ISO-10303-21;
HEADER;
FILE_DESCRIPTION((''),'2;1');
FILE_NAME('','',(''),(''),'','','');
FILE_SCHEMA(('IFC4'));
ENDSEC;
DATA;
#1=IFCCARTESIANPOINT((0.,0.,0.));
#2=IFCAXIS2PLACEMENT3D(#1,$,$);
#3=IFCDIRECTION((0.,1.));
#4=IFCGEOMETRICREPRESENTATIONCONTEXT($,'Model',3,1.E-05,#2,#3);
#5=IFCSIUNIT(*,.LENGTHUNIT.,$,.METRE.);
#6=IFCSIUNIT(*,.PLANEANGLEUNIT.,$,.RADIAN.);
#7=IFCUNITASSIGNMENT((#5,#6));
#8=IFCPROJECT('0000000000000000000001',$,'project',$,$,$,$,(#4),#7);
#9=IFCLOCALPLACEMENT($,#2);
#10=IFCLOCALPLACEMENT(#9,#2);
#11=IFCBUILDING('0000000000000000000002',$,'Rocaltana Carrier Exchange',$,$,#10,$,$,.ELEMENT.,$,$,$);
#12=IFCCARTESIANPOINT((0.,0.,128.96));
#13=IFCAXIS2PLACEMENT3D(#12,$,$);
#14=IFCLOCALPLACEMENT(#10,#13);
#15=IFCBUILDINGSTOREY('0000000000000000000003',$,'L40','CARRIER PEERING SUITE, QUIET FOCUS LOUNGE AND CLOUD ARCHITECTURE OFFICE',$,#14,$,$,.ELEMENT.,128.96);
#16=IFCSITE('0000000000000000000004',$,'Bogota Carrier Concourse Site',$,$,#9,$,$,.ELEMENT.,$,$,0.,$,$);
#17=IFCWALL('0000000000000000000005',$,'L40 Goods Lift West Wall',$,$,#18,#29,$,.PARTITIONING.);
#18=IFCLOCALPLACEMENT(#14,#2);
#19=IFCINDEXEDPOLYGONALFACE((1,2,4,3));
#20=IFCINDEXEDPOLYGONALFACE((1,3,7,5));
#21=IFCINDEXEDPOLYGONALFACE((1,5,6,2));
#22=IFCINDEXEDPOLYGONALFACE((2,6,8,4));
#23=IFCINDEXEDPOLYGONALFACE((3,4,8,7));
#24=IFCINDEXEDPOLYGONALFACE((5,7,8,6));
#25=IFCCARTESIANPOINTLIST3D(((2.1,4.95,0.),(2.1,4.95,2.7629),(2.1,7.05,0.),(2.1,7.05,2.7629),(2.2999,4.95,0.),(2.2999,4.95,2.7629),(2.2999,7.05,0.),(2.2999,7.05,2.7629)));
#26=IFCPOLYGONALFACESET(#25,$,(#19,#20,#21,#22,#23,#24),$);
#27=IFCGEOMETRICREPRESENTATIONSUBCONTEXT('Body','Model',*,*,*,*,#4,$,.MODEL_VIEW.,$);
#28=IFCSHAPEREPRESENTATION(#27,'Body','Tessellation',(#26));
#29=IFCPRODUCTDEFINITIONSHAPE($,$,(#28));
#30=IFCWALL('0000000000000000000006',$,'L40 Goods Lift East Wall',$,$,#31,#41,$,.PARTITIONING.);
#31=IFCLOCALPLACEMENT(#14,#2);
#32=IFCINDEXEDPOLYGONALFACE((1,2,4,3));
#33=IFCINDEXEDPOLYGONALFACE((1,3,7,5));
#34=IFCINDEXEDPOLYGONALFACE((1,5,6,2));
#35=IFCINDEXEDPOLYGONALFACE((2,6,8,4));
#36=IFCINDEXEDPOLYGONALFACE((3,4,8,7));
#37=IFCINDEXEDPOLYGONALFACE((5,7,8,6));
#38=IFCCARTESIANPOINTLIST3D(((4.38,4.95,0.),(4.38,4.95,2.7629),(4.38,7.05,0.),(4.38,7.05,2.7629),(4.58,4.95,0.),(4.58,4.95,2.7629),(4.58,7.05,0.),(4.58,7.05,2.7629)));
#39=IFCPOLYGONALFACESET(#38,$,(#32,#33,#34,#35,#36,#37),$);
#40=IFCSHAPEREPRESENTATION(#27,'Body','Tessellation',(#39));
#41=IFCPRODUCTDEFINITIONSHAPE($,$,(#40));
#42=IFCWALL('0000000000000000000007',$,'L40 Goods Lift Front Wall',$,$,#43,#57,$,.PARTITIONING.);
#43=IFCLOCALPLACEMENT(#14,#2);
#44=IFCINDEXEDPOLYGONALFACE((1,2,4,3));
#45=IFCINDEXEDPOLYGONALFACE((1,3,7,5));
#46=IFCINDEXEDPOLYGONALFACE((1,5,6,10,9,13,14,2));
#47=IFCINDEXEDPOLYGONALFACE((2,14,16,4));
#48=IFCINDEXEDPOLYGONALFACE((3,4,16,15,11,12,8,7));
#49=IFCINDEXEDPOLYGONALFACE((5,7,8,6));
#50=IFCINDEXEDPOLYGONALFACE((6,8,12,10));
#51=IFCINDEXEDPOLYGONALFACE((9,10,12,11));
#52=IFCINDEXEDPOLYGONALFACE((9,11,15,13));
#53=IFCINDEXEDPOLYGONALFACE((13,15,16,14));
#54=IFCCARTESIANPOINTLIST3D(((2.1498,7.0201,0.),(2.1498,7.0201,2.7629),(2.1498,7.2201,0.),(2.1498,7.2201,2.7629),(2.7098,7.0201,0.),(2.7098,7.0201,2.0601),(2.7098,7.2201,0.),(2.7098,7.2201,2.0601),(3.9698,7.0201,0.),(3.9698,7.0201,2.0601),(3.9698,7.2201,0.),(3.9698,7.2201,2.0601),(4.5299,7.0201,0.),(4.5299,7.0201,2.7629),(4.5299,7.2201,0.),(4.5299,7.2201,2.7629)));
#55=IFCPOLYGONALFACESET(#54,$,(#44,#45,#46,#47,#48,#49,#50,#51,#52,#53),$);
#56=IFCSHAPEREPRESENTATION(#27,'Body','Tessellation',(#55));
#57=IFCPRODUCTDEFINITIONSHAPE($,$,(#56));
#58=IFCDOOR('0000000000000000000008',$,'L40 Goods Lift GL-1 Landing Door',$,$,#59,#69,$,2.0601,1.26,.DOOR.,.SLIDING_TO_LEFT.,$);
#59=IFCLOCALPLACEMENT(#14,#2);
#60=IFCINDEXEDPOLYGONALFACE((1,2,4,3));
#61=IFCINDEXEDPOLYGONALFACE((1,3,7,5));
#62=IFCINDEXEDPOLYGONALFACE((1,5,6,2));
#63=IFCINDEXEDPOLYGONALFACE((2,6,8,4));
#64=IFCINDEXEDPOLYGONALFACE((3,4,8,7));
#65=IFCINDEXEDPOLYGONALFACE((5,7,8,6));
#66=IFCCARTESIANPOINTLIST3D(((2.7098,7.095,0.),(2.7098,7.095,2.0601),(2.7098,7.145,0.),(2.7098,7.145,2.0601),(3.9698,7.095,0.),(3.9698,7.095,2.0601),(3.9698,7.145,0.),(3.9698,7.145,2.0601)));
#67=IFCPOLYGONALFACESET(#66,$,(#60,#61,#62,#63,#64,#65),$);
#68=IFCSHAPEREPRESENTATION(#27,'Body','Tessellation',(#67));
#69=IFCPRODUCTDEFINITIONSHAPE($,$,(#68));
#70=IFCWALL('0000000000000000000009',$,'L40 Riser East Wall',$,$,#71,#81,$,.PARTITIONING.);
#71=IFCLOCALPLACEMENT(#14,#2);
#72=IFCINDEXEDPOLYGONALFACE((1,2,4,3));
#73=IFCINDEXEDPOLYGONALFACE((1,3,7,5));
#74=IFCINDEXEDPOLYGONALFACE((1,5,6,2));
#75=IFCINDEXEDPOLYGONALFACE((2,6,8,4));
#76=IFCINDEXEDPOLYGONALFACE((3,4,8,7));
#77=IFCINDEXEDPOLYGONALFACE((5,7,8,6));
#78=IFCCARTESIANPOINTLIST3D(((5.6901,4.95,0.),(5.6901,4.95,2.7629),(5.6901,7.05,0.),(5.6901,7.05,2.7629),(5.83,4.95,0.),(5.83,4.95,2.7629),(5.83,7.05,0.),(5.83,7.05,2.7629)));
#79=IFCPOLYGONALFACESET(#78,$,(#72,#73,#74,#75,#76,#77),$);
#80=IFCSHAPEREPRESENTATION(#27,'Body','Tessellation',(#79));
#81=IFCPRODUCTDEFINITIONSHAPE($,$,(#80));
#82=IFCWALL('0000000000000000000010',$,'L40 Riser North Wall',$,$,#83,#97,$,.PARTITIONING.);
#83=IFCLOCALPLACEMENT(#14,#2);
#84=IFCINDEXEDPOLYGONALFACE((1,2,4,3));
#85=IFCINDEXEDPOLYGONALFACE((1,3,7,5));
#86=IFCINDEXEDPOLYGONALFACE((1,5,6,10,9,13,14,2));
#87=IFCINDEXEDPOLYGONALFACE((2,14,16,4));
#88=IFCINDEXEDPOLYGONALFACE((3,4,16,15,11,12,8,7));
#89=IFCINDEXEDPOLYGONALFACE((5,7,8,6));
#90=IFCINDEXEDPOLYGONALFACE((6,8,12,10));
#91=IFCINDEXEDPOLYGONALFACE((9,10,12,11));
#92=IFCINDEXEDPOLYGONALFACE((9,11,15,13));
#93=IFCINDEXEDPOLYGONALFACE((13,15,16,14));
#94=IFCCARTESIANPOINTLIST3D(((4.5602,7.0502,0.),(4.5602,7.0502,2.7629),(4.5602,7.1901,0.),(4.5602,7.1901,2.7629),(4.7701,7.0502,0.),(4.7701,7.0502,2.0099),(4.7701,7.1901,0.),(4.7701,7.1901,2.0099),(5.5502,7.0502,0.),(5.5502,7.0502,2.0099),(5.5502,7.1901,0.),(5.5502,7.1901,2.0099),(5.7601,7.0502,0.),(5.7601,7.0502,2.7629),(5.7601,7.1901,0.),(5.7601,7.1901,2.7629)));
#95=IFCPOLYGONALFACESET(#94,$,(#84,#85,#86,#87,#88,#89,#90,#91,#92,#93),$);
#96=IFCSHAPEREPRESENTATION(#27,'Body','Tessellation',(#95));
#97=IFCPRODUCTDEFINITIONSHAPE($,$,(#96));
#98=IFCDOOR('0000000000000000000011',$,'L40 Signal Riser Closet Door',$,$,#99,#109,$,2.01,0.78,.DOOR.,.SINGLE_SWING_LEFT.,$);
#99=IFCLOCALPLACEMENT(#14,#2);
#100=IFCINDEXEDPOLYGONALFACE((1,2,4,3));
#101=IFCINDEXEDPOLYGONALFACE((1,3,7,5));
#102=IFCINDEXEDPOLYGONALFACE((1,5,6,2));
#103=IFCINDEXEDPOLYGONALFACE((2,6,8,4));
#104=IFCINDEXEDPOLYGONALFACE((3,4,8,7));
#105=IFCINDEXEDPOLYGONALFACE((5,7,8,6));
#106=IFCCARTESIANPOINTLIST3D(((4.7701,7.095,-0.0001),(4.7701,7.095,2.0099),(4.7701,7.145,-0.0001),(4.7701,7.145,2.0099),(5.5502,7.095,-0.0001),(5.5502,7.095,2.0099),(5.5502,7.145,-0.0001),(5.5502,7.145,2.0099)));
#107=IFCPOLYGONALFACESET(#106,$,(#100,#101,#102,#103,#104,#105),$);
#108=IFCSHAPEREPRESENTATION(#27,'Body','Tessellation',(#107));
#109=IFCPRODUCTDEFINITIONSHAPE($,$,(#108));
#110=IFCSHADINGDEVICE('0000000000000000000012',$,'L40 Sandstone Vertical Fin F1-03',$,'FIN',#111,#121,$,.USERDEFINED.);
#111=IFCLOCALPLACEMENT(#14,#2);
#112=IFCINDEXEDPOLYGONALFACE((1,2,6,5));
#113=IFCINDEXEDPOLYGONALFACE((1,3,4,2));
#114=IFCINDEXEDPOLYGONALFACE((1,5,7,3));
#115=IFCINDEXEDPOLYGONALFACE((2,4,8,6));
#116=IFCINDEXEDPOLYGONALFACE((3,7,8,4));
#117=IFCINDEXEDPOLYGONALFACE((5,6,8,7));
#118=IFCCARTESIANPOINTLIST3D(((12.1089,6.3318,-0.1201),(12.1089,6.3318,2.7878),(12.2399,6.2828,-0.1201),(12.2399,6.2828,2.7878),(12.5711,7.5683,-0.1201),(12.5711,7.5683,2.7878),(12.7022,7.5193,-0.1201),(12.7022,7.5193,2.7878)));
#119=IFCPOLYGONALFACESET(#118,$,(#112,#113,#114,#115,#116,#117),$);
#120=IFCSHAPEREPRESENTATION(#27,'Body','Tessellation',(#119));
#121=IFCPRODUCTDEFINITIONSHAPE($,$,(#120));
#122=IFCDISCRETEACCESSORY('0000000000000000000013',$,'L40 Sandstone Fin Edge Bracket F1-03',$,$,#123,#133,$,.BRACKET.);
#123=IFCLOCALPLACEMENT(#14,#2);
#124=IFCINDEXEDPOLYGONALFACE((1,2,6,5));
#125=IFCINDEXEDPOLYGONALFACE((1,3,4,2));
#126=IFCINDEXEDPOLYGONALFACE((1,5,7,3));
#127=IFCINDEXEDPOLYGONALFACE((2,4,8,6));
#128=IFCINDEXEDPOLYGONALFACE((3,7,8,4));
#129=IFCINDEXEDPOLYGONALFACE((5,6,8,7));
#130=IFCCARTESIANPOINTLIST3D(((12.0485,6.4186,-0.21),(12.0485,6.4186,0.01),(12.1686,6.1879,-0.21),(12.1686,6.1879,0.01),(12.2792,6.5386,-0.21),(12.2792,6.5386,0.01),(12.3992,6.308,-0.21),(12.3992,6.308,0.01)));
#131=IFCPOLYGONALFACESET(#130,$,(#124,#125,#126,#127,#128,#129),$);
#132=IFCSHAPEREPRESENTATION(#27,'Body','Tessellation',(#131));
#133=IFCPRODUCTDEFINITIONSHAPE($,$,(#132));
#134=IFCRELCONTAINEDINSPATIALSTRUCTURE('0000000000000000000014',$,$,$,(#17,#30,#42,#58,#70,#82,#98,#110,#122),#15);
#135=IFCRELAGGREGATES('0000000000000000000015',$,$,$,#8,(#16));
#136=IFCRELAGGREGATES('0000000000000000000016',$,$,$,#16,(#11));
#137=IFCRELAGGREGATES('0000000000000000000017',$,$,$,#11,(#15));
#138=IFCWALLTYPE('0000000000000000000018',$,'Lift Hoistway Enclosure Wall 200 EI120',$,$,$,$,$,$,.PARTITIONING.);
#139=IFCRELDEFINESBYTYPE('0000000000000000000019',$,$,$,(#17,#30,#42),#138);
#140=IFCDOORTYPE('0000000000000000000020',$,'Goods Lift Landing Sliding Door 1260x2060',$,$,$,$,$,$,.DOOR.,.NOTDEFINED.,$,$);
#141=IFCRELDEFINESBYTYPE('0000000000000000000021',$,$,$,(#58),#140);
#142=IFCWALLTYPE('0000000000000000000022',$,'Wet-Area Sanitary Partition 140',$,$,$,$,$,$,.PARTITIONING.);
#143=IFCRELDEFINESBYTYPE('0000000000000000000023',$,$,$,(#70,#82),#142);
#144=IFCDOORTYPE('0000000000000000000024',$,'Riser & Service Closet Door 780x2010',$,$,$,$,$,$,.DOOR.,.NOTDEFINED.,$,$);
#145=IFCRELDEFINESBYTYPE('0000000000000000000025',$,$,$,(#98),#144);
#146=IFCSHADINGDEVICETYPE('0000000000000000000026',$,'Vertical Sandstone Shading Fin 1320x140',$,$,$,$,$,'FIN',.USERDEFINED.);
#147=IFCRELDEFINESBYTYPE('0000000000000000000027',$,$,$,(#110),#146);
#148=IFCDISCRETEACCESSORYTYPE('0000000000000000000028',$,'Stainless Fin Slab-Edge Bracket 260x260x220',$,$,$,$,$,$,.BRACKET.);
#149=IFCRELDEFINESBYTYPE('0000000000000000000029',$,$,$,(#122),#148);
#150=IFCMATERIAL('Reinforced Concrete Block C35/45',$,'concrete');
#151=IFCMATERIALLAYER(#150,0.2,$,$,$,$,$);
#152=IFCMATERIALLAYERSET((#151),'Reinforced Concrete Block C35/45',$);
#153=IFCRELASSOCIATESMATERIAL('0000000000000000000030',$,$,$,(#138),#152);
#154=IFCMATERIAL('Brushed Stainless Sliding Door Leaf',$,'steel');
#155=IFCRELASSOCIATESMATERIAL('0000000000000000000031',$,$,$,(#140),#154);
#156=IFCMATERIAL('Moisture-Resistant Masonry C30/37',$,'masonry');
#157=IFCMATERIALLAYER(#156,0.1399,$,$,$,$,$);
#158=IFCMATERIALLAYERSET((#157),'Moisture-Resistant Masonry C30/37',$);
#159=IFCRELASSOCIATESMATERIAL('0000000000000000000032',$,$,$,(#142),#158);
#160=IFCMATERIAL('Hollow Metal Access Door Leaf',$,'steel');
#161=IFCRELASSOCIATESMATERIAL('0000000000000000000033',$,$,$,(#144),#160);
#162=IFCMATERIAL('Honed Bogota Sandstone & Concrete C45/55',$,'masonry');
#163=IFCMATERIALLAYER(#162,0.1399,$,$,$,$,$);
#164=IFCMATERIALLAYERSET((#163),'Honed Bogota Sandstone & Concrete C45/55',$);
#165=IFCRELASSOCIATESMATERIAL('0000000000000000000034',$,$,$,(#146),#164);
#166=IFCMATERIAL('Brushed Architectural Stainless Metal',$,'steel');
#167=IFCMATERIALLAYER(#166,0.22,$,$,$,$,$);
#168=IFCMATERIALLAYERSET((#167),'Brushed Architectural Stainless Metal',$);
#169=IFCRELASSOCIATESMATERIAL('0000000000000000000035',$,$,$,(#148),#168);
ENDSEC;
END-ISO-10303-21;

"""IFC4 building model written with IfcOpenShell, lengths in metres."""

from ifc_helpers import new_model, si_unit, direction, frame, frame_2d, origin, origin_2d, place, context, subcontext, project, spatial, rectangle, extrude, material, layer, layer_set, type_object, element, fill, save


model = new_model("IFC4")

# Units and contexts
model_context = context("Model", 3, precision=1e-05, world=origin(), true_north=direction((0.0, 1.0)))
body_context = subcontext(model_context, "Body", "Model", "MODEL_VIEW")
ifc_project = project(units=[si_unit("LENGTHUNIT", "METRE"), si_unit("PLANEANGLEUNIT", "RADIAN")], contexts=[model_context])

# Site, building, storey
site_placement = place(None, origin())
site = spatial("IfcSite", under=ifc_project, at=site_placement, Name="Bogota Carrier Concourse Site", CompositionType="ELEMENT", RefElevation=0.0)
building_placement = place(site_placement, origin())
building = spatial("IfcBuilding", under=site, at=building_placement, Name="Rocaltana Carrier Exchange", CompositionType="ELEMENT")
storey_placement = place(building_placement, frame((0.0, 0.0, 128.96)))
storey = spatial("IfcBuildingStorey", under=building, at=storey_placement, Name="L40", Description="CARRIER PEERING SUITE, QUIET FOCUS LOUNGE AND CLOUD ARCHITECTURE OFFICE", CompositionType="ELEMENT", Elevation=128.96)

# Walls
ifc_material_1 = material(Name="Reinforced Concrete Block C35/45", Category="concrete")
ifc_layer_1 = layer(ifc_material_1, 0.2)
ifc_layer_set_1 = layer_set([ifc_layer_1], Name="Reinforced Concrete Block C35/45")
wall_type_1 = type_object("IfcWallType", Name="Lift Hoistway Enclosure Wall 200 EI120", PredefinedType="PARTITIONING", material=ifc_layer_set_1)
for number, where, z_axis, x_axis, name in (
    (1, (2.2, 4.95, 0.0), (0.0, 0.0, 1.0), (0.0, 1.0, 0.0), "L40 Goods Lift West Wall"),
    (2, (4.48, 4.95, 0.0), (0.0, 0.0, 1.0), (0.0, 1.0, 0.0), "L40 Goods Lift East Wall"),
):
    element("IfcWall", number, at=place(storey_placement, frame(where, z_axis=z_axis, x_axis=x_axis)), inside=storey, type_object=wall_type_1, Name=name, PredefinedType="PARTITIONING", context=body_context, shape_type="SweptSolid", body=[
        extrude(rectangle(XDim=2.1001, YDim=0.2, at=frame_2d((1.05, 0.0))), origin(), (0.0, 0.0, 1.0), 2.7629),
    ])

# Wall, opening, door
wall_1_placement = place(storey_placement, frame((2.1499, 7.1201, 0.0), z_axis=(0.0, 0.0, 1.0), x_axis=(1.0, 0.0, 0.0)))
wall_1 = element("IfcWall", 3, at=wall_1_placement, inside=storey, type_object=wall_type_1, Name="L40 Goods Lift Front Wall", PredefinedType="PARTITIONING", context=body_context, shape_type="SweptSolid", body=[
    extrude(rectangle(XDim=2.3801, YDim=0.2, at=frame_2d((1.1899, 0.0))), origin(), (0.0, 0.0, 1.0), 2.7629),
])
opening_1_placement = place(wall_1_placement, frame((0.5601, 0.0, 0.0)))
opening_1 = element("IfcOpeningElement", 4, at=opening_1_placement, cuts=wall_1, PredefinedType="OPENING", context=body_context, shape_type="SweptSolid", body=[
    extrude(rectangle(XDim=1.26, YDim=2.0601, at=frame_2d((0.6299, 1.03))), frame((0.0, 0.1099, 0.0), z_axis=(0.0, -1.0, 0.0), x_axis=(1.0, 0.0, 0.0)), (0.0, 0.0, 1.0), 0.22),
])
ifc_material_2 = material(Name="Brushed Stainless Sliding Door Leaf", Category="steel")
door_type_1 = type_object("IfcDoorType", Name="Goods Lift Landing Sliding Door 1260x2060", OperationType="NOTDEFINED", PredefinedType="DOOR", material=ifc_material_2)
door_1_placement = place(opening_1_placement, origin())
door_1 = element("IfcDoor", 5, at=door_1_placement, inside=storey, type_object=door_type_1, Name="L40 Goods Lift GL-1 Landing Door", OperationType="SLIDING_TO_LEFT", OverallHeight=2.0601, OverallWidth=1.26, PredefinedType="DOOR", context=body_context, shape_type="SweptSolid", body=[
    extrude(rectangle(XDim=1.26, YDim=2.0601, at=frame_2d((0.6299, 1.03))), frame((0.0, 0.0249, 0.0), z_axis=(0.0, -1.0, 0.0), x_axis=(1.0, 0.0, 0.0)), (0.0, 0.0, 1.0), 0.05),
])
fill(opening_1, door_1)

# Wall
ifc_material_3 = material(Name="Moisture-Resistant Masonry C30/37", Category="masonry")
ifc_layer_2 = layer(ifc_material_3, 0.1399)
ifc_layer_set_2 = layer_set([ifc_layer_2], Name="Moisture-Resistant Masonry C30/37")
wall_type_2 = type_object("IfcWallType", Name="Wet-Area Sanitary Partition 140", PredefinedType="PARTITIONING", material=ifc_layer_set_2)
wall_2_placement = place(storey_placement, frame((5.76, 4.95, 0.0), z_axis=(0.0, 0.0, 1.0), x_axis=(0.0, 1.0, 0.0)))
element("IfcWall", 6, at=wall_2_placement, inside=storey, type_object=wall_type_2, Name="L40 Riser East Wall", PredefinedType="PARTITIONING", context=body_context, shape_type="SweptSolid", body=[
    extrude(rectangle(XDim=2.1001, YDim=0.1399, at=frame_2d((1.05, 0.0))), origin(), (0.0, 0.0, 1.0), 2.7629),
])

# Wall, opening, door
wall_3_placement = place(storey_placement, frame((4.5601, 7.1201, 0.0), z_axis=(0.0, 0.0, 1.0), x_axis=(1.0, 0.0, 0.0)))
wall_3 = element("IfcWall", 7, at=wall_3_placement, inside=storey, type_object=wall_type_2, Name="L40 Riser North Wall", PredefinedType="PARTITIONING", context=body_context, shape_type="SweptSolid", body=[
    extrude(rectangle(XDim=1.2, YDim=0.1399, at=frame_2d((0.6001, 0.0))), origin(), (0.0, 0.0, 1.0), 2.7629),
])
opening_2_placement = place(wall_3_placement, frame((0.21, 0.0, 0.0)))
opening_2 = element("IfcOpeningElement", 8, at=opening_2_placement, cuts=wall_3, PredefinedType="OPENING", context=body_context, shape_type="SweptSolid", body=[
    extrude(rectangle(XDim=0.78, YDim=2.01, at=frame_2d((0.3901, 1.0049))), frame((0.0, 0.0798, 0.0), z_axis=(0.0, -1.0, 0.0), x_axis=(1.0, 0.0, 0.0)), (0.0, 0.0, 1.0), 0.1599),
])
ifc_material_4 = material(Name="Hollow Metal Access Door Leaf", Category="steel")
door_type_2 = type_object("IfcDoorType", Name="Riser & Service Closet Door 780x2010", OperationType="NOTDEFINED", PredefinedType="DOOR", material=ifc_material_4)
door_2_placement = place(opening_2_placement, origin())
door_2 = element("IfcDoor", 9, at=door_2_placement, inside=storey, type_object=door_type_2, Name="L40 Signal Riser Closet Door", OperationType="SINGLE_SWING_LEFT", OverallHeight=2.01, OverallWidth=0.78, PredefinedType="DOOR", context=body_context, shape_type="SweptSolid", body=[
    extrude(rectangle(XDim=0.78, YDim=2.01, at=frame_2d((0.3901, 1.0049))), frame((0.0, 0.0249, 0.0), z_axis=(0.0, -1.0, 0.0), x_axis=(1.0, 0.0, 0.0)), (0.0, 0.0, 1.0), 0.05),
])
fill(opening_2, door_2)

# Shading device
ifc_material_5 = material(Name="Honed Bogota Sandstone & Concrete C45/55", Category="masonry")
ifc_layer_3 = layer(ifc_material_5, 0.1399)
ifc_layer_set_3 = layer_set([ifc_layer_3], Name="Honed Bogota Sandstone & Concrete C45/55")
shading_device_type = type_object("IfcShadingDeviceType", Name="Vertical Sandstone Shading Fin 1320x140", ElementType="FIN", PredefinedType="USERDEFINED", material=ifc_layer_set_3)
shading_device_placement = place(storey_placement, frame((12.4055, 6.9255, -0.1201), z_axis=(0.0, 0.0, 1.0), x_axis=(0.350207, 0.936672, 0.0)))
element("IfcShadingDevice", 10, at=shading_device_placement, inside=storey, type_object=shading_device_type, Name="L40 Sandstone Vertical Fin F1-03", ObjectType="FIN", PredefinedType="USERDEFINED", context=body_context, shape_type="SweptSolid", body=[
    extrude(rectangle(XDim=1.3201, YDim=0.1399, at=origin_2d()), origin(), (0.0, 0.0, 1.0), 2.908),
])

# Discrete accessory
ifc_material_6 = material(Name="Brushed Architectural Stainless Metal", Category="steel")
ifc_layer_4 = layer(ifc_material_6, 0.22)
ifc_layer_set_4 = layer_set([ifc_layer_4], Name="Brushed Architectural Stainless Metal")
discrete_accessory_type = type_object("IfcDiscreteAccessoryType", Name="Stainless Fin Slab-Edge Bracket 260x260x220", PredefinedType="BRACKET", material=ifc_layer_set_4)
discrete_accessory_placement = place(storey_placement, frame((12.2239, 6.3633, -0.21), z_axis=(0.0, 0.0, 1.0), x_axis=(-0.461749, 0.887011, 0.0)))
element("IfcDiscreteAccessory", 11, at=discrete_accessory_placement, inside=storey, type_object=discrete_accessory_type, Name="L40 Sandstone Fin Edge Bracket F1-03", PredefinedType="BRACKET", context=body_context, shape_type="SweptSolid", body=[
    extrude(rectangle(XDim=0.26, YDim=0.26, at=origin_2d()), origin(), (0.0, 0.0, 1.0), 0.22),
])

save(model, "model.ifc")
